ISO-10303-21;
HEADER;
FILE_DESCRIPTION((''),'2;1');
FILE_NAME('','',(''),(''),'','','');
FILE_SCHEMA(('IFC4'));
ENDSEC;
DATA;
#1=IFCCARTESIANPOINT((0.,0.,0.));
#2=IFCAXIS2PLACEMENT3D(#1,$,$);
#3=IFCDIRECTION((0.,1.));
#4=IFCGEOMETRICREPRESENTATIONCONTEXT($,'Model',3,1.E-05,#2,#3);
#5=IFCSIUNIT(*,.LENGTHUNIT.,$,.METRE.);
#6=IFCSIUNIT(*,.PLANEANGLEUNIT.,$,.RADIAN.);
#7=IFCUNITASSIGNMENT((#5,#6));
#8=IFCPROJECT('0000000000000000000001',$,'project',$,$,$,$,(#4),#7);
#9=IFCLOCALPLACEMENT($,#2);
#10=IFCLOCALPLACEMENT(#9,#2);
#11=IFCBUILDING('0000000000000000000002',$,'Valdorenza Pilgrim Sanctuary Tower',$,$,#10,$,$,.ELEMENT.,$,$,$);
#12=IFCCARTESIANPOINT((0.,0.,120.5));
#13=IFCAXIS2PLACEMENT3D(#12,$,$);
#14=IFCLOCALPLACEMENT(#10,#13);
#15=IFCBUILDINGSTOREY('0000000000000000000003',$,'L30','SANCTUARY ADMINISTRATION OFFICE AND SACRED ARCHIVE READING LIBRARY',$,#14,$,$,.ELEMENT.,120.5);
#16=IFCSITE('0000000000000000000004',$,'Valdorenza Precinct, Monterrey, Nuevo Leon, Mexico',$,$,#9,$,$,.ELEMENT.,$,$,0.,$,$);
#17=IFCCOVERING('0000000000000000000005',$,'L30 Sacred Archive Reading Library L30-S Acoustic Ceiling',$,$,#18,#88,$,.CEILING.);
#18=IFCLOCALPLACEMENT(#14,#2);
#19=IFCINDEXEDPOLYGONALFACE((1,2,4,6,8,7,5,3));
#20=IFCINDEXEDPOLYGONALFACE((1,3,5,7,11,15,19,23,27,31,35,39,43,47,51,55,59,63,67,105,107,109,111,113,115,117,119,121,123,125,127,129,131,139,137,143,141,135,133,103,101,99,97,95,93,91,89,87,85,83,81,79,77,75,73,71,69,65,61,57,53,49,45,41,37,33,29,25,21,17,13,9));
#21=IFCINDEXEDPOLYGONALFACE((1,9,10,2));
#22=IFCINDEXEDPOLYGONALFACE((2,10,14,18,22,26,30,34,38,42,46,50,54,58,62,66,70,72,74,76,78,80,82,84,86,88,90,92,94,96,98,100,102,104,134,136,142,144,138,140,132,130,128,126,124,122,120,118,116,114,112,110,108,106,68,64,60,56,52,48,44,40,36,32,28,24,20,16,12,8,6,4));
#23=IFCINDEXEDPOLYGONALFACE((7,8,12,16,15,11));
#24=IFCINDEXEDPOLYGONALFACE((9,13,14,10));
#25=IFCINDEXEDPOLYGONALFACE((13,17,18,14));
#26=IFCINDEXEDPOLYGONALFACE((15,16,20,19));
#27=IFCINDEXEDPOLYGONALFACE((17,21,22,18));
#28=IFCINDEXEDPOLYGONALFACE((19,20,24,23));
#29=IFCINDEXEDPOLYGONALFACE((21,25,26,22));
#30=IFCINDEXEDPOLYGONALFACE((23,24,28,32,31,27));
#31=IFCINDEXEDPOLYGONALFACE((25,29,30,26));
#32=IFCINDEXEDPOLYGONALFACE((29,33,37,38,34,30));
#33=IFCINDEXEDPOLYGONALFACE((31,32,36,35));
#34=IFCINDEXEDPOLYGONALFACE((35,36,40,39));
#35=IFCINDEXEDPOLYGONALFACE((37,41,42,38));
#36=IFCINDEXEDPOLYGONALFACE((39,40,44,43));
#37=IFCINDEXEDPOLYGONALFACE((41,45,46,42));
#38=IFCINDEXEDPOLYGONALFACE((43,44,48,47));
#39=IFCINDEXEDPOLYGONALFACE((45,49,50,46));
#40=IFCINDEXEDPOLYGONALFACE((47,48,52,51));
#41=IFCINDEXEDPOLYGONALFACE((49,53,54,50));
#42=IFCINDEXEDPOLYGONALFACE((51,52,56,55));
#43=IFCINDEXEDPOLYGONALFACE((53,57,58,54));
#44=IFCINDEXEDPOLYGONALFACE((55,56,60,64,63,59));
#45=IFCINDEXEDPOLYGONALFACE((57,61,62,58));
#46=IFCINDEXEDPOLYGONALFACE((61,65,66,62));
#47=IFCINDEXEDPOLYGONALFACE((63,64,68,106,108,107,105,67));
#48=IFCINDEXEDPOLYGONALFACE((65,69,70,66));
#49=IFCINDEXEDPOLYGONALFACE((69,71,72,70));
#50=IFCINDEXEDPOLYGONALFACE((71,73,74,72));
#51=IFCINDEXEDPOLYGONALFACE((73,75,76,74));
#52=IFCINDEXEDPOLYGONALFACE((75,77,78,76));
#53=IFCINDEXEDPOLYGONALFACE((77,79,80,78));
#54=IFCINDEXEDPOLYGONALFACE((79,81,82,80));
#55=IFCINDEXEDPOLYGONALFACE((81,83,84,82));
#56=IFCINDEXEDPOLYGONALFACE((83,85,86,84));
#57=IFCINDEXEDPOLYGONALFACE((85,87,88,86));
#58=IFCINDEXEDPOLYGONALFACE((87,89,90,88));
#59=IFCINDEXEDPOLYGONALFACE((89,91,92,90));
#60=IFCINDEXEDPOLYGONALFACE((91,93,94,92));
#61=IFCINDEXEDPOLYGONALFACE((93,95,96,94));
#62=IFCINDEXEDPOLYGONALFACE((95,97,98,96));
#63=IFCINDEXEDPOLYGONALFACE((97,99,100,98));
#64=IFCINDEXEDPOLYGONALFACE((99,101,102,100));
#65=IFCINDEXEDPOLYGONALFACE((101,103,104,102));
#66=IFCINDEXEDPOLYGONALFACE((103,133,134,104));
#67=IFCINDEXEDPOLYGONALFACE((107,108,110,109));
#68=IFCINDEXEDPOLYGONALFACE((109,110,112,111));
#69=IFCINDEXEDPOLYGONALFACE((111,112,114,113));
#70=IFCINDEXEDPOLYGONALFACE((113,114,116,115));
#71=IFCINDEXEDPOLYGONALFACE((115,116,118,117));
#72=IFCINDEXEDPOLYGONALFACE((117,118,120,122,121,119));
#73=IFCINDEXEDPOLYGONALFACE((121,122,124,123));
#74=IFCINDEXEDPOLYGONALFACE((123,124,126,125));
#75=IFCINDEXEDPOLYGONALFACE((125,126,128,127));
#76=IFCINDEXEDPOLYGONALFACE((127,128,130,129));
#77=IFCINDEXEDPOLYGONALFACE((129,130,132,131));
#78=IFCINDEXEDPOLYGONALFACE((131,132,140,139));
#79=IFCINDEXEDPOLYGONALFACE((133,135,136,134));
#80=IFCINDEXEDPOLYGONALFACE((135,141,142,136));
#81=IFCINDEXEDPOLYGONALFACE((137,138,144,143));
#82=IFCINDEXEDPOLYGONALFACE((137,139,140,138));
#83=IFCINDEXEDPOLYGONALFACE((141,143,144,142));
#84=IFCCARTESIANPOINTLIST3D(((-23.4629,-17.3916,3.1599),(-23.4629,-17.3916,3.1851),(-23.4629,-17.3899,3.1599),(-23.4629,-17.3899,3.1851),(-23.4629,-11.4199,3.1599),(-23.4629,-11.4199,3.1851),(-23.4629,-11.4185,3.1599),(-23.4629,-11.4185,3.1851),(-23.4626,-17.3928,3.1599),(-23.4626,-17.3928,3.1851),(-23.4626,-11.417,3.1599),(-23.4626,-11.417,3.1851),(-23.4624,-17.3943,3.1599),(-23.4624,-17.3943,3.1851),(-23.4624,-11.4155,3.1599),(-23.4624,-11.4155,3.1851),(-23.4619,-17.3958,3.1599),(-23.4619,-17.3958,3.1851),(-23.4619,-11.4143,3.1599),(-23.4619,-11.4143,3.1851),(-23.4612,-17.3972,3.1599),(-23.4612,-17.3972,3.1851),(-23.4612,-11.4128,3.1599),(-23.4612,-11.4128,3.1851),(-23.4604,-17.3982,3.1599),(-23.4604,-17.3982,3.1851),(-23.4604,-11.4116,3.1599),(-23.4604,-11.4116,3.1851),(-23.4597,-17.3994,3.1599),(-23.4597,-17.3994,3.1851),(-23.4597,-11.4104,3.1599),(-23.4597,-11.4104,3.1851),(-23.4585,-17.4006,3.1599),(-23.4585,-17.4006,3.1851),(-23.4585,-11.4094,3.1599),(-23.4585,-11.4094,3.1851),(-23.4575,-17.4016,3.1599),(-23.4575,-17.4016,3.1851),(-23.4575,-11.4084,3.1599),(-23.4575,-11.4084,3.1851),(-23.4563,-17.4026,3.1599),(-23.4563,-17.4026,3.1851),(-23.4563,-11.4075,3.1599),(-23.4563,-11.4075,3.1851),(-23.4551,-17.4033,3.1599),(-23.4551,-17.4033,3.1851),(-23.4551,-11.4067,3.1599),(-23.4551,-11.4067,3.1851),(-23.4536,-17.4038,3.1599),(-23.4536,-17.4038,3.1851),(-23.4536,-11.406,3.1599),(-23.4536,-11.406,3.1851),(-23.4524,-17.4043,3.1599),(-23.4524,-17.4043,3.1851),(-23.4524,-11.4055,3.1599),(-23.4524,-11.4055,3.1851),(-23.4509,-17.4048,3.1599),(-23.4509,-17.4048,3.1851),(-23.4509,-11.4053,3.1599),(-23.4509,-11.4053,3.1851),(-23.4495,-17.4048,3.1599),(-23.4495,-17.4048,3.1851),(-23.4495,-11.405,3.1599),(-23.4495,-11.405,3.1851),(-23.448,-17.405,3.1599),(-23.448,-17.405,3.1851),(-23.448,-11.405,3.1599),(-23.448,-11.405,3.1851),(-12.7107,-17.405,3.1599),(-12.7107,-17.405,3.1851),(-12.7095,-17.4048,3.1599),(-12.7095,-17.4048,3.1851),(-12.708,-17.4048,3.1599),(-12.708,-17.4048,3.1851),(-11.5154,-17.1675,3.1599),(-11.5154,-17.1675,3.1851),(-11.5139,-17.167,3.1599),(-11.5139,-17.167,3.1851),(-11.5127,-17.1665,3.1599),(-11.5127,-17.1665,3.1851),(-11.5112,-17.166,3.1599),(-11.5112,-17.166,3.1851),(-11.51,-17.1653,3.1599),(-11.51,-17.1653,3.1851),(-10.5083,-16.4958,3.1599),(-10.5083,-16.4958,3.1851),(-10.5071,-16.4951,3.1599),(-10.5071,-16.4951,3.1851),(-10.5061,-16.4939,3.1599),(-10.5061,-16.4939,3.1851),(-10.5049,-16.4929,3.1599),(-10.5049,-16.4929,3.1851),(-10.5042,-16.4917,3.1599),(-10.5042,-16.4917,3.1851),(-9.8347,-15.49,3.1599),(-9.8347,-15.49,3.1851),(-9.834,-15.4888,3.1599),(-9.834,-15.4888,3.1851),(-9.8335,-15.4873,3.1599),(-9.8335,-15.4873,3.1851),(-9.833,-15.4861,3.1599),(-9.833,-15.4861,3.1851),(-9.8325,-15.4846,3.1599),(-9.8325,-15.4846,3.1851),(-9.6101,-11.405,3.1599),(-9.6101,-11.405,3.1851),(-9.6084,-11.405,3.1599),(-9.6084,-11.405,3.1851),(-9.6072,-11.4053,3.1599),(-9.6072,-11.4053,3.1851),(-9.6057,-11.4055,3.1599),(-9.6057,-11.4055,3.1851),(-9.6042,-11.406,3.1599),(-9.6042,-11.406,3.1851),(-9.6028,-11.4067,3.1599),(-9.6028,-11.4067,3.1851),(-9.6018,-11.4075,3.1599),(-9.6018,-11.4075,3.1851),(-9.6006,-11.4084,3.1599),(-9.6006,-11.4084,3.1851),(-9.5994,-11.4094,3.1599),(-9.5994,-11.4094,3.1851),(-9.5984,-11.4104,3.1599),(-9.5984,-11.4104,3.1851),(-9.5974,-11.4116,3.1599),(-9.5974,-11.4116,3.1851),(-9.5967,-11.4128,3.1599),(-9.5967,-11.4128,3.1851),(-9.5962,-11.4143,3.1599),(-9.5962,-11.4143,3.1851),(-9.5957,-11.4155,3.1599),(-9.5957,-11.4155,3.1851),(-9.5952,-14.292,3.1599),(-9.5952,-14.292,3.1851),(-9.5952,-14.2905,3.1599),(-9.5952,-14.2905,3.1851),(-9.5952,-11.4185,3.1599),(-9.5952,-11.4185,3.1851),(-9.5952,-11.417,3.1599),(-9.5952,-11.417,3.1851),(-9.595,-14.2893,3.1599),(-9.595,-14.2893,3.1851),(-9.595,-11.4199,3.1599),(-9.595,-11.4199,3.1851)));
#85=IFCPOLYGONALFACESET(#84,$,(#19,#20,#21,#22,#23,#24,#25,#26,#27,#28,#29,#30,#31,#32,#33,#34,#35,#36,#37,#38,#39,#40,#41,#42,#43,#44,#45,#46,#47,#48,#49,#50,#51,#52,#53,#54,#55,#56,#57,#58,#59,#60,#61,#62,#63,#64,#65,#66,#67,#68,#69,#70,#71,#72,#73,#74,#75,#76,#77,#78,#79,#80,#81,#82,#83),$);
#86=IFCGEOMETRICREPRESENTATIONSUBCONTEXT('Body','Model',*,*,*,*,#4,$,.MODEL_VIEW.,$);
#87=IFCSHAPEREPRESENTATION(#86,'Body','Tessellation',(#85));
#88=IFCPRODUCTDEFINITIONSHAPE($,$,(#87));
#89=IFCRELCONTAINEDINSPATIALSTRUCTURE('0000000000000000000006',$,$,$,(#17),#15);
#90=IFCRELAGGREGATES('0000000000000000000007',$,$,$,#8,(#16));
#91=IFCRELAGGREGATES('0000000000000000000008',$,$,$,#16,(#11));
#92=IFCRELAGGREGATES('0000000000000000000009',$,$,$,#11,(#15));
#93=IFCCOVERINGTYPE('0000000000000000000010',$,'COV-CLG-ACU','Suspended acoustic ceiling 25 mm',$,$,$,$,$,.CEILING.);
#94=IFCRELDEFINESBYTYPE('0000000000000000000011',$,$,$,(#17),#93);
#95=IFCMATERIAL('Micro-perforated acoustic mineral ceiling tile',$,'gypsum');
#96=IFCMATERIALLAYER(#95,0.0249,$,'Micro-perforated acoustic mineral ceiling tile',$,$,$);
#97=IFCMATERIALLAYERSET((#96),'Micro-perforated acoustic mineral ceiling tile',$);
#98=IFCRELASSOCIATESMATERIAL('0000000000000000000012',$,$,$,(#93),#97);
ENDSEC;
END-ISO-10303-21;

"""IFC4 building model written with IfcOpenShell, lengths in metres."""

from ifc_helpers import new_model, si_unit, direction, frame, origin, place, context, subcontext, project, spatial, polyline, outline, extrude, material, layer, layer_set, type_object, element, save


model = new_model("IFC4")

# Units and contexts
model_context = context("Model", 3, precision=1e-05, world=origin(), true_north=direction((0.0, 1.0)))
body_context = subcontext(model_context, "Body", "Model", "MODEL_VIEW")
ifc_project = project(units=[si_unit("LENGTHUNIT", "METRE"), si_unit("PLANEANGLEUNIT", "RADIAN")], contexts=[model_context])

# Site, building, storey
site_placement = place(None, origin())
site = spatial("IfcSite", under=ifc_project, at=site_placement, Name="Valdorenza Precinct, Monterrey, Nuevo Leon, Mexico", CompositionType="ELEMENT", RefElevation=0.0)
building_placement = place(site_placement, origin())
building = spatial("IfcBuilding", under=site, at=building_placement, Name="Valdorenza Pilgrim Sanctuary Tower", CompositionType="ELEMENT")
storey_placement = place(building_placement, frame((0.0, 0.0, 120.5)))
storey = spatial("IfcBuildingStorey", under=building, at=storey_placement, Name="L30", Description="SANCTUARY ADMINISTRATION OFFICE AND SACRED ARCHIVE READING LIBRARY", CompositionType="ELEMENT", Elevation=120.5)

# Covering
ifc_material_1 = material(Name="Micro-perforated acoustic mineral ceiling tile", Category="gypsum")
ifc_layer_1 = layer(ifc_material_1, 0.0249, Name="Micro-perforated acoustic mineral ceiling tile")
ifc_layer_set_1 = layer_set([ifc_layer_1], Name="Micro-perforated acoustic mineral ceiling tile")
covering_type_1 = type_object("IfcCoveringType", Name="COV-CLG-ACU", Description="Suspended acoustic ceiling 25 mm", PredefinedType="CEILING", material=ifc_layer_set_1)
covering_1_placement = place(storey_placement, frame((0.0, 0.0, 3.1599)))
element("IfcCovering", 1, at=covering_1_placement, inside=storey, type_object=covering_type_1, Name="L30 Sacred Archive Reading Library L30-S Acoustic Ceiling", PredefinedType="CEILING", context=body_context, shape_type="SweptSolid", body=[
    extrude(outline(polyline([(-9.6101, -11.405), (-9.6084, -11.405), (-9.6072, -11.4053), (-9.6057, -11.4055), (-9.6042, -11.406), (-9.6028, -11.4067), (-9.6018, -11.4075), (-9.6006, -11.4084), (-9.5994, -11.4094), (-9.5984, -11.4104), (-9.5974, -11.4116), (-9.5967, -11.4128), (-9.5962, -11.4143), (-9.5957, -11.4155), (-9.5952, -11.417), (-9.5952, -11.4185), (-9.595, -11.4199), (-9.595, -14.2893), (-9.5952, -14.2905), (-9.5952, -14.292), (-9.8325, -15.4846), (-9.833, -15.4861), (-9.8335, -15.4873), (-9.834, -15.4888), (-9.8347, -15.49), (-10.5042, -16.4917), (-10.5049, -16.4929), (-10.5061, -16.4939), (-10.5071, -16.4951), (-10.5083, -16.4958), (-11.51, -17.1653), (-11.5112, -17.166), (-11.5127, -17.1665), (-11.5139, -17.167), (-11.5154, -17.1675), (-12.708, -17.4048), (-12.7095, -17.4048), (-12.7107, -17.405), (-23.448, -17.405), (-23.4495, -17.4048), (-23.4509, -17.4048), (-23.4524, -17.4043), (-23.4536, -17.4038), (-23.4551, -17.4033), (-23.4563, -17.4026), (-23.4575, -17.4016), (-23.4585, -17.4006), (-23.4597, -17.3994), (-23.4604, -17.3982), (-23.4612, -17.3972), (-23.4619, -17.3958), (-23.4624, -17.3943), (-23.4626, -17.3928), (-23.4629, -17.3916), (-23.4629, -17.3899), (-23.4629, -11.4199), (-23.4629, -11.4185), (-23.4626, -11.417), (-23.4624, -11.4155), (-23.4619, -11.4143), (-23.4612, -11.4128), (-23.4604, -11.4116), (-23.4597, -11.4104), (-23.4585, -11.4094), (-23.4575, -11.4084), (-23.4563, -11.4075), (-23.4551, -11.4067), (-23.4536, -11.406), (-23.4524, -11.4055), (-23.4509, -11.4053), (-23.4495, -11.405), (-23.448, -11.405), (-9.6101, -11.405)])), origin(), (0.0, 0.0, 1.0), 0.0251),
])

save(model, "model.ifc")
